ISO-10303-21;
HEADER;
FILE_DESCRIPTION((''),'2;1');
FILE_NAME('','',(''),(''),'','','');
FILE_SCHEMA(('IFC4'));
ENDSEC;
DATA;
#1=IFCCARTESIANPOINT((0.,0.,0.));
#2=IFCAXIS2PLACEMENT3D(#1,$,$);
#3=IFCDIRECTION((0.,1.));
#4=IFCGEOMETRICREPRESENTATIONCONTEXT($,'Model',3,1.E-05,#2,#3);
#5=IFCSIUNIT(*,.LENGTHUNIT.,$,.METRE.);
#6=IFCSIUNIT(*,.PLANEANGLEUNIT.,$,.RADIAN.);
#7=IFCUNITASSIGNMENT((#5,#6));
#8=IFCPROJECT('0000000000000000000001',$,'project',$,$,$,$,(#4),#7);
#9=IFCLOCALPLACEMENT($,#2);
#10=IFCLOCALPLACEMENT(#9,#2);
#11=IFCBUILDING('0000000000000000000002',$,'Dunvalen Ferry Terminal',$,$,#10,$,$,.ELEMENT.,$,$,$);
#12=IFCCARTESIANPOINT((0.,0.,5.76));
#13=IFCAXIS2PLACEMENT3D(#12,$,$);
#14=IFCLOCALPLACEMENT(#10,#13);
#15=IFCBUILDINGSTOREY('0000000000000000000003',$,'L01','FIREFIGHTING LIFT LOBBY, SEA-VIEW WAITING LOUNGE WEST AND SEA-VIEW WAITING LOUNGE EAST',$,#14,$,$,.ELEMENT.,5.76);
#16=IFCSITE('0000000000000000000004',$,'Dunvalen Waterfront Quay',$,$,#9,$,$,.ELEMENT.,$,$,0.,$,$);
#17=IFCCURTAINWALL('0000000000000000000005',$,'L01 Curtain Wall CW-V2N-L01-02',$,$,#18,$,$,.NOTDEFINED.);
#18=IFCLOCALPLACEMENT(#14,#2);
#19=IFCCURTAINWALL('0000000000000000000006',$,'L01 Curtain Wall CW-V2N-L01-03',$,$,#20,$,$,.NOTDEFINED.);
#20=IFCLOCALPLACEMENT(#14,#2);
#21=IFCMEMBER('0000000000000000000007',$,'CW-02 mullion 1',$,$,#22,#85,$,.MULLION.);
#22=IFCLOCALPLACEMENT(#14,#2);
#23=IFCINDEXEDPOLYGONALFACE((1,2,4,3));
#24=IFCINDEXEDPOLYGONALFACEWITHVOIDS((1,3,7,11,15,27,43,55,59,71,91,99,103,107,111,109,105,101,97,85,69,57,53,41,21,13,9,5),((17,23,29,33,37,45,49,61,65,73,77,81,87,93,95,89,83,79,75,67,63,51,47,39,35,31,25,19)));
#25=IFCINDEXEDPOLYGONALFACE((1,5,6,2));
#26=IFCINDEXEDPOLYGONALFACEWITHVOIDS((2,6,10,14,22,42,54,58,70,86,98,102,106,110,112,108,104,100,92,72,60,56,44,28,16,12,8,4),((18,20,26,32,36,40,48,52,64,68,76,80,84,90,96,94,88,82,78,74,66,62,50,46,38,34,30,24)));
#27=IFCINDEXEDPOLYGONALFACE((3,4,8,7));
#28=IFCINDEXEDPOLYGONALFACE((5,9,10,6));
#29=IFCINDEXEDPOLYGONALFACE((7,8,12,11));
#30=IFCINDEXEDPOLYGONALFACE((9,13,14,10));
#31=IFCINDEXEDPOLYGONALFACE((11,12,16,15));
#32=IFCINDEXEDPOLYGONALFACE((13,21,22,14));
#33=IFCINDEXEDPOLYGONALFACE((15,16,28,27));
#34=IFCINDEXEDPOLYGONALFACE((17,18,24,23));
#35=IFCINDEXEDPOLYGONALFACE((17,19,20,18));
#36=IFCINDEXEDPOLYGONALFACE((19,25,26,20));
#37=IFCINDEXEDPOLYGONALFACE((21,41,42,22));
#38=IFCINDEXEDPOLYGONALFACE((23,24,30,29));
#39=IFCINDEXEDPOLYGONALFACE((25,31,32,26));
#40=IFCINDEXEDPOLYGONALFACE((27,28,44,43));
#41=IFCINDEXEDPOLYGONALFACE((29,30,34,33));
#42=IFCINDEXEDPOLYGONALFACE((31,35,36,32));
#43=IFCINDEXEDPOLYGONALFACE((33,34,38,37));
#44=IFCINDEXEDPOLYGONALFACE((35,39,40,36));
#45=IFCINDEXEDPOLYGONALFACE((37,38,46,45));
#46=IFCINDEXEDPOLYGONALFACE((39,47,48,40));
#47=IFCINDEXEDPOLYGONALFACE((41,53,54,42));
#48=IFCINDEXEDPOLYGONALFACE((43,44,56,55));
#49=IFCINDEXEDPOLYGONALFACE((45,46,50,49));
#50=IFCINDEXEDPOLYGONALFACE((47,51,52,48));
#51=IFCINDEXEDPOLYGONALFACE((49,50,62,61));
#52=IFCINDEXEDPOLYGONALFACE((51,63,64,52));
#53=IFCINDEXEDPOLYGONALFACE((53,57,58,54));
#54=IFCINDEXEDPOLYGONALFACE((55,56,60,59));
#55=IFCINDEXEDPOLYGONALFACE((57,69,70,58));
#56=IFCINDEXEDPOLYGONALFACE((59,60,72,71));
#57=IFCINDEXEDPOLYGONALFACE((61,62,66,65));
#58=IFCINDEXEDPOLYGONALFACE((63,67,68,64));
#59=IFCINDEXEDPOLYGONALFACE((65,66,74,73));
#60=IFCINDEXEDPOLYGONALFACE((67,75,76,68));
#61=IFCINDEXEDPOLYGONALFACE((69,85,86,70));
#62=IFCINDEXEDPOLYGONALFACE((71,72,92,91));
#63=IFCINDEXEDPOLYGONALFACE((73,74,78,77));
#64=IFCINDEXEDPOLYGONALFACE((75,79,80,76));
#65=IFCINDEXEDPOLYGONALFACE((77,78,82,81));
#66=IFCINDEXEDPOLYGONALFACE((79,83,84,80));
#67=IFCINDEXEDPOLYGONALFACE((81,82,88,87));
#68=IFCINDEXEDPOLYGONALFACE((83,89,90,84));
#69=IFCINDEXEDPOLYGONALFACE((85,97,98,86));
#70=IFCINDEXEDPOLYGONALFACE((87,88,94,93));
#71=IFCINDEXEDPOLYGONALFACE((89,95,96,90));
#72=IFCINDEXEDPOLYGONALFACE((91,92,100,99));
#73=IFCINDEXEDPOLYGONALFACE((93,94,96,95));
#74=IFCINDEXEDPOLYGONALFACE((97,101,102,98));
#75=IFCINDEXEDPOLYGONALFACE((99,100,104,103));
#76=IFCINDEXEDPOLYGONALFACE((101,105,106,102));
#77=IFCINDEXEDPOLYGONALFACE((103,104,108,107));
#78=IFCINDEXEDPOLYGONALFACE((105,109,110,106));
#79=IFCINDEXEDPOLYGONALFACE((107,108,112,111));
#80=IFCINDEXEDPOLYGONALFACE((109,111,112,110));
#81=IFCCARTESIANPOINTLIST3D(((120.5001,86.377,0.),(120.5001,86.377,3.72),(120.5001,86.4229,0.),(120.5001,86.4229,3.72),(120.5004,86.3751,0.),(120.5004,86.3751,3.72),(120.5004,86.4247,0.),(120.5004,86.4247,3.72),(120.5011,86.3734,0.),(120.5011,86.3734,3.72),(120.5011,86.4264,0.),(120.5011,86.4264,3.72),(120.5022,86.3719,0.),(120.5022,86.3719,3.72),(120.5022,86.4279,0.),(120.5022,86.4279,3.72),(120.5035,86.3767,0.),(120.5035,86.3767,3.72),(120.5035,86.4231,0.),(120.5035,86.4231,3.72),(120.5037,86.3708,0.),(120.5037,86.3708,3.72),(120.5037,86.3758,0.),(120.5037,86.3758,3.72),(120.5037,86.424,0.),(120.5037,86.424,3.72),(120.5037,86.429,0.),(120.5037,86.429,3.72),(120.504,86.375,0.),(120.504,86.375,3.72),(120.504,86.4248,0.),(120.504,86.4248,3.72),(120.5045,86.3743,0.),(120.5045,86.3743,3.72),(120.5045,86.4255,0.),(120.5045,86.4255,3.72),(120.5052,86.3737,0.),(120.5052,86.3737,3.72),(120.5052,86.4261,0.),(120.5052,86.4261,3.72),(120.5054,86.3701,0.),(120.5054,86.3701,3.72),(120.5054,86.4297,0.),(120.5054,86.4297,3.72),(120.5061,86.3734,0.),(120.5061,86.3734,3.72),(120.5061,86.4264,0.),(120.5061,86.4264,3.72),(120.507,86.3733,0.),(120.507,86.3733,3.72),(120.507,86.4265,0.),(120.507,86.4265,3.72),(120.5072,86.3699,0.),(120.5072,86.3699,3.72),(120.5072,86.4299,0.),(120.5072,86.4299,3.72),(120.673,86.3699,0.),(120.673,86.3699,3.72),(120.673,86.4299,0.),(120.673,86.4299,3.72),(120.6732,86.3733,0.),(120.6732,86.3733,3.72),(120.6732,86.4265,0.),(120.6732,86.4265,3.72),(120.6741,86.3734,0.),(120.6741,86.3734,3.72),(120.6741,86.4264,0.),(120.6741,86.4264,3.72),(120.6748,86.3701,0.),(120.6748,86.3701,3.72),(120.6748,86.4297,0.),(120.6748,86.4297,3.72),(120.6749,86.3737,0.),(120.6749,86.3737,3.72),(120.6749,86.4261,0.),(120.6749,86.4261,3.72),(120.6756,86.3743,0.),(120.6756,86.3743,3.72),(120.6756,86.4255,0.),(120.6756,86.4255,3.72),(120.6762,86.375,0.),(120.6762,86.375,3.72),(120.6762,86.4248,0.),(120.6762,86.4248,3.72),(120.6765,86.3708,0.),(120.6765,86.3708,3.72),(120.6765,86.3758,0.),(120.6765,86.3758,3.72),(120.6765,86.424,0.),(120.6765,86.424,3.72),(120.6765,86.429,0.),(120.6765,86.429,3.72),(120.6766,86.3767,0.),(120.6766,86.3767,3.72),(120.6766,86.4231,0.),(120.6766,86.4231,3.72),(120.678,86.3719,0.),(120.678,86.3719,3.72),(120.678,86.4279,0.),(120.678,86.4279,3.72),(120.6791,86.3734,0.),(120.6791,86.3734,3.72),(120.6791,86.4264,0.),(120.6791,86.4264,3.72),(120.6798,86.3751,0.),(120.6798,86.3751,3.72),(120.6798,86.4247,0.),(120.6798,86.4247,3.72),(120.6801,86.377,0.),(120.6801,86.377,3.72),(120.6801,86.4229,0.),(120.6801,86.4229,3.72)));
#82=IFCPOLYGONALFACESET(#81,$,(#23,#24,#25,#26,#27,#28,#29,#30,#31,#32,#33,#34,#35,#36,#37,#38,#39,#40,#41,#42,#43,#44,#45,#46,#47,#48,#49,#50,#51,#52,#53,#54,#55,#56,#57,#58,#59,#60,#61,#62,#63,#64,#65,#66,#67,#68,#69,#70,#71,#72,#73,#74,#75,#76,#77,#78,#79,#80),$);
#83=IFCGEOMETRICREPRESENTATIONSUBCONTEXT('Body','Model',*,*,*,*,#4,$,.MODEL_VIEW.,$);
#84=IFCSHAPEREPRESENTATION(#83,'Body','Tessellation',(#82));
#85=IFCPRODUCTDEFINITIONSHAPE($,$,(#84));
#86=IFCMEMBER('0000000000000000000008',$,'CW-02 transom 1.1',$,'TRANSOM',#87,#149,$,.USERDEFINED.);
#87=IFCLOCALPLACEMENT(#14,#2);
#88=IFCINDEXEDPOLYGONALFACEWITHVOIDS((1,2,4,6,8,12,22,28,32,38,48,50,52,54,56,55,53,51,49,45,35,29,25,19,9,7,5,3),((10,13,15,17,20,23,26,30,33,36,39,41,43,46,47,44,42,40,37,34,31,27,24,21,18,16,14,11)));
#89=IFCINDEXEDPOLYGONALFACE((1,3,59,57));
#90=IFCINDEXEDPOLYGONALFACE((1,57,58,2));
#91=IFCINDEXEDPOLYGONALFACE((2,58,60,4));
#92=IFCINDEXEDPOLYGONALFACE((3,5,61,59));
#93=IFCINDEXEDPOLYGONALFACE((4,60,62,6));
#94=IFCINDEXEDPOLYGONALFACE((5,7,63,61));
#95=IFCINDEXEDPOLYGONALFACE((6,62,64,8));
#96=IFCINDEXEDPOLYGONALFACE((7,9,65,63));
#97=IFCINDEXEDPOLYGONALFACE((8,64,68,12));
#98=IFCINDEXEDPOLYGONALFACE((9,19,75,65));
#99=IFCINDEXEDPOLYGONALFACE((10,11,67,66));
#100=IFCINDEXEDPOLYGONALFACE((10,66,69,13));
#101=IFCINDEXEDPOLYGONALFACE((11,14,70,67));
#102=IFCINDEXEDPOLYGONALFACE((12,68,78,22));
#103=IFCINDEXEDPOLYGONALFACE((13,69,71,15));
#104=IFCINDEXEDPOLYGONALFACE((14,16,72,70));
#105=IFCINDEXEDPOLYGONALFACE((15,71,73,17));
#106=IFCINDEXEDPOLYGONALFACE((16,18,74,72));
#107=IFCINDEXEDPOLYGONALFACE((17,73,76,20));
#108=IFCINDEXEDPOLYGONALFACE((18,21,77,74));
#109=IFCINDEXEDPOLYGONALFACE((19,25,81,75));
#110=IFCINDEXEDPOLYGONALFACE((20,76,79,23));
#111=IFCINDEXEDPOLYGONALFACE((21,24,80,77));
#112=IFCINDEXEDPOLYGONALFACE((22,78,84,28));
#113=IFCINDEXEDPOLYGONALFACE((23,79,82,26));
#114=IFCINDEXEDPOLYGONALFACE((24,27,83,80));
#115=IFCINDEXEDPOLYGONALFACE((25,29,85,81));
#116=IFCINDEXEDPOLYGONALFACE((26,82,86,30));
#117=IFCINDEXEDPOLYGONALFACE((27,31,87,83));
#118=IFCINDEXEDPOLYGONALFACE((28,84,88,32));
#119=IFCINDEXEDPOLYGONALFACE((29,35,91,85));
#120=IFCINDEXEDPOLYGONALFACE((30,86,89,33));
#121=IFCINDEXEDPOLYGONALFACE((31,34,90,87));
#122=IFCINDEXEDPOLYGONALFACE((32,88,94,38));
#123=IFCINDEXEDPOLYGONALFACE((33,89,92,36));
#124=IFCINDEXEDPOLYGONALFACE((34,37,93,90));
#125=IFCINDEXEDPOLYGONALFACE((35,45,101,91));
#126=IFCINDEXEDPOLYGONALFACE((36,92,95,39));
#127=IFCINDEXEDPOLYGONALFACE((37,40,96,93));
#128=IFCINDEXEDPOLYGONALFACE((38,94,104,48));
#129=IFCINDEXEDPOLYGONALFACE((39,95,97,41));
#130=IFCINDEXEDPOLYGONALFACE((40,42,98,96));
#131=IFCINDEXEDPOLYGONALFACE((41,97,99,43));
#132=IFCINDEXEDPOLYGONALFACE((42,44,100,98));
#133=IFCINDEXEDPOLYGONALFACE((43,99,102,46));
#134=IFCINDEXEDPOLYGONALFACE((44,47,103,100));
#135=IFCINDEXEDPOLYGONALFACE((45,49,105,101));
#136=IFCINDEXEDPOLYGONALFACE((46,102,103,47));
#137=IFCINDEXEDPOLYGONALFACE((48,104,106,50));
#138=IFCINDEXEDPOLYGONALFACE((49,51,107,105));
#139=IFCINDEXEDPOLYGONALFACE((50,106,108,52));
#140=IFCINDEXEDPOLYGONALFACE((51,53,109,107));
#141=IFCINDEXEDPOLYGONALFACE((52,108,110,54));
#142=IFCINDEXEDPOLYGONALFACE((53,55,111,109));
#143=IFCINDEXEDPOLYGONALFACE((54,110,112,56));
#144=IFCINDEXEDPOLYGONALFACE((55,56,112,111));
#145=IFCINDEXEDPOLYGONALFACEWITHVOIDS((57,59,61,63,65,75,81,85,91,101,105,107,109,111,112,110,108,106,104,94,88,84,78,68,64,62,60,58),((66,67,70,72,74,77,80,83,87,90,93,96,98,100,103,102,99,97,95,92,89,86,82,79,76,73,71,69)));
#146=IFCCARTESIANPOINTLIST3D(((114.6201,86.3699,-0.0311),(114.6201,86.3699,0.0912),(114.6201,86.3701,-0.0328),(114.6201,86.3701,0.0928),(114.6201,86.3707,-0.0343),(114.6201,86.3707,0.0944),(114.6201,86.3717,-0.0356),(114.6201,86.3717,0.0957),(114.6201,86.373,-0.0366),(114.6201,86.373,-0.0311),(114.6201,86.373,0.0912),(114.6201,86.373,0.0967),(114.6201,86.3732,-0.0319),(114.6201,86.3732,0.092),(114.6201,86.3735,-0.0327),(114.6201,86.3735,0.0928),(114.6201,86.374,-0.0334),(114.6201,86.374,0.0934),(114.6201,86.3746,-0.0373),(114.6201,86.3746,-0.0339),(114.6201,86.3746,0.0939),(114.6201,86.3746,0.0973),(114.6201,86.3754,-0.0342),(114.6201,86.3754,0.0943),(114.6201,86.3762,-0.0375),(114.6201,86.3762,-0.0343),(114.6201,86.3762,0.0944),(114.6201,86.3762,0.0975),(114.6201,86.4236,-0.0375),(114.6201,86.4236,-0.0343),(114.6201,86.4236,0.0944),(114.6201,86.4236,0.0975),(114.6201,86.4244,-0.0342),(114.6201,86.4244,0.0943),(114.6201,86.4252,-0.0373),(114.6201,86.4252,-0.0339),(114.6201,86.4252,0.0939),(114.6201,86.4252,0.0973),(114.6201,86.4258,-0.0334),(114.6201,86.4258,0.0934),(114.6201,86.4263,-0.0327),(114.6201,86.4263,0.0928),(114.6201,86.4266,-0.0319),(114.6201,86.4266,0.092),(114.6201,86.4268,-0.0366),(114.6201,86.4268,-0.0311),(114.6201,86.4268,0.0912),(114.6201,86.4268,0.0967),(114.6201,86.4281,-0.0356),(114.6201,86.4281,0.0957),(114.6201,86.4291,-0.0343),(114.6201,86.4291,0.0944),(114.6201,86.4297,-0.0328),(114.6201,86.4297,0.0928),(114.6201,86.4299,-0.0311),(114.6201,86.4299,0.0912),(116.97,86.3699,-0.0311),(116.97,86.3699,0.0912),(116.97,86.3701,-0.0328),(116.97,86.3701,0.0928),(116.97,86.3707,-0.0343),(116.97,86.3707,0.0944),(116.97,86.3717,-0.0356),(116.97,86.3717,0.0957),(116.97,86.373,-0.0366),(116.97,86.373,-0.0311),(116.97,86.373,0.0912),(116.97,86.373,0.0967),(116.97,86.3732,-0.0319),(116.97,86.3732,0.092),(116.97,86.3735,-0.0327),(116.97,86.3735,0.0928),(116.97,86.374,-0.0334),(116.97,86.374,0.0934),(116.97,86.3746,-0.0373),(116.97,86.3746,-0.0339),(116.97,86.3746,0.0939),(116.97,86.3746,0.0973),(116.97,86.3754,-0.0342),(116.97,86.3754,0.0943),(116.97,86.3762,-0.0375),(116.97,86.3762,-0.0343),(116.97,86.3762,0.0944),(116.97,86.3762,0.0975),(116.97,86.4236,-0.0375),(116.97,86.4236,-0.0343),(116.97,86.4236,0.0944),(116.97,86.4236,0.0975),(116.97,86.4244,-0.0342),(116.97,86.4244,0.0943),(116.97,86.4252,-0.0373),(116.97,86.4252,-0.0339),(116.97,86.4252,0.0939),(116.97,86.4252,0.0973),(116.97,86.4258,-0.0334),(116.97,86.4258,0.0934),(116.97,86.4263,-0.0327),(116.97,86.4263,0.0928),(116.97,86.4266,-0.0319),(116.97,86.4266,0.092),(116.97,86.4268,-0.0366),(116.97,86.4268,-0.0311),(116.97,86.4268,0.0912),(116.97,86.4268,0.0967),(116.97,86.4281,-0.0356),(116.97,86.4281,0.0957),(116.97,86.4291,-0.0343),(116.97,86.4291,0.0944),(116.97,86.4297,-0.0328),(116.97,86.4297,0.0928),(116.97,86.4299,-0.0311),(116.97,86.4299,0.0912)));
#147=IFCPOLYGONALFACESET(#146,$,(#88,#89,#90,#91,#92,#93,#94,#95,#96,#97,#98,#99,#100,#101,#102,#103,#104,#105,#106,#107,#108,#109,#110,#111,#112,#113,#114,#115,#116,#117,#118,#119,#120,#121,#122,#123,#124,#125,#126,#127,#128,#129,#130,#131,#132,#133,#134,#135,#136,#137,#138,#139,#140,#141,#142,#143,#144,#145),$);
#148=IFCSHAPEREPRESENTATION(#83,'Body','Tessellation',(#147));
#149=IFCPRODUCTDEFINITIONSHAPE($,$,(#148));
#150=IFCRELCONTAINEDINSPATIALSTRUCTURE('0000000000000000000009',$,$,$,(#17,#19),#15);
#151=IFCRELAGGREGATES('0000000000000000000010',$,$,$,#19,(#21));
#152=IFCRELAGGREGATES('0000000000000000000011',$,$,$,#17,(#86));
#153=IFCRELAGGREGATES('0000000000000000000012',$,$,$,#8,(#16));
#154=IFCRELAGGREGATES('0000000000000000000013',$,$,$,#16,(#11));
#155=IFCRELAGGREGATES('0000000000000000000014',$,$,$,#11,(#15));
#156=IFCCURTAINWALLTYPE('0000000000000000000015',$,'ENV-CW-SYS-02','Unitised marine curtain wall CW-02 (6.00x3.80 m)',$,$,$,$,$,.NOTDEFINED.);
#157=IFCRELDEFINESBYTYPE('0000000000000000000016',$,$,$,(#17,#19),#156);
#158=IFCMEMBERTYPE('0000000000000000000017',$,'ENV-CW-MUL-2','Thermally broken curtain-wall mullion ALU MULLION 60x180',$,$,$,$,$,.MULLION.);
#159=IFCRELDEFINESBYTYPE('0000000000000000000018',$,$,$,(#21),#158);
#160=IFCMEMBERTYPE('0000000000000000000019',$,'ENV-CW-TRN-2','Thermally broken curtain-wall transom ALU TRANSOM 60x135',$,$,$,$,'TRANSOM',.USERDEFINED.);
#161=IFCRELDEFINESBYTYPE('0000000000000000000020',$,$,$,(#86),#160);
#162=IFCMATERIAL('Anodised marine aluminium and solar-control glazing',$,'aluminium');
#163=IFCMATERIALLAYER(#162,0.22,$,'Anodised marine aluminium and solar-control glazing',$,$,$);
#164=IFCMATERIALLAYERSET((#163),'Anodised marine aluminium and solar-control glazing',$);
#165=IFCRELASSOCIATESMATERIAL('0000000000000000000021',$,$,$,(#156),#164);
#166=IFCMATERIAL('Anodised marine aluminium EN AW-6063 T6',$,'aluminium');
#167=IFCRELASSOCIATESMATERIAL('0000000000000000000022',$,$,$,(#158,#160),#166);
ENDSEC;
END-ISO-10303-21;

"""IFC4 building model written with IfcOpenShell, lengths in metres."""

from ifc_helpers import new_model, si_unit, direction, frame, origin, origin_2d, place, context, subcontext, project, spatial, hollow_rectangle, extrude, material, layer, layer_set, material_profile, profile_set, type_object, element, aggregate, save


model = new_model("IFC4")

# Units and contexts
model_context = context("Model", 3, precision=1e-05, world=origin(), true_north=direction((0.0, 1.0)))
body_context = subcontext(model_context, "Body", "Model", "MODEL_VIEW")
ifc_project = project(units=[si_unit("LENGTHUNIT", "METRE"), si_unit("PLANEANGLEUNIT", "RADIAN")], contexts=[model_context])

# Site, building, storey
site_placement = place(None, origin())
site = spatial("IfcSite", under=ifc_project, at=site_placement, Name="Dunvalen Waterfront Quay", CompositionType="ELEMENT", RefElevation=0.0)
building_placement = place(site_placement, origin())
building = spatial("IfcBuilding", under=site, at=building_placement, Name="Dunvalen Ferry Terminal", CompositionType="ELEMENT")
storey_placement = place(building_placement, frame((0.0, 0.0, 5.76)))
storey = spatial("IfcBuildingStorey", under=building, at=storey_placement, Name="L01", Description="FIREFIGHTING LIFT LOBBY, SEA-VIEW WAITING LOUNGE WEST AND SEA-VIEW WAITING LOUNGE EAST", CompositionType="ELEMENT", Elevation=5.76)

# Shared definitions
ifc_material_1 = material(Name="Anodised marine aluminium and solar-control glazing", Category="aluminium")
ifc_layer_1 = layer(ifc_material_1, 0.22, Name="Anodised marine aluminium and solar-control glazing")
ifc_layer_set_1 = layer_set([ifc_layer_1], Name="Anodised marine aluminium and solar-control glazing")
curtain_wall_type = type_object("IfcCurtainWallType", Name="ENV-CW-SYS-02", Description="Unitised marine curtain wall CW-02 (6.00x3.80 m)", PredefinedType="NOTDEFINED", material=ifc_layer_set_1)
ifc_material_2 = material(Name="Anodised marine aluminium EN AW-6063 T6", Category="aluminium")
ifc_material_profile_1 = material_profile(ifc_material_2, hollow_rectangle(XDim=0.0601, YDim=0.1799, WallThickness=0.0034, InnerFilletRadius=0.0034, OuterFilletRadius=0.0071, at=origin_2d()), Name="Anodised marine aluminium EN AW-6063 T6")
ifc_profile_set_1 = profile_set([ifc_material_profile_1], Name="Anodised marine aluminium EN AW-6063 T6")
member_type_1 = type_object("IfcMemberType", Name="ENV-CW-MUL-2", Description="Thermally broken curtain-wall mullion ALU MULLION 60x180", PredefinedType="MULLION", material=ifc_profile_set_1)

# Curtain wall
curtain_wall_1_placement = place(storey_placement, origin())
curtain_wall_1 = element("IfcCurtainWall", 1, at=curtain_wall_1_placement, inside=storey, type_object=curtain_wall_type, Name="L01 Curtain Wall CW-V2N-L01-02", PredefinedType="NOTDEFINED")

# Curtain wall, member
curtain_wall_2_placement = place(storey_placement, origin())
curtain_wall_2 = element("IfcCurtainWall", 2, at=curtain_wall_2_placement, inside=storey, type_object=curtain_wall_type, Name="L01 Curtain Wall CW-V2N-L01-03", PredefinedType="NOTDEFINED")
member_1_placement = place(storey_placement, frame((120.5901, 86.3999, 0.0), z_axis=(0.0, 0.0, 1.0), x_axis=(0.0, 1.0, 0.0)))
member_1 = element("IfcMember", 3, at=member_1_placement, type_object=member_type_1, Name="CW-02 mullion 1", PredefinedType="MULLION", context=body_context, shape_type="SweptSolid", body=[
    extrude(hollow_rectangle(XDim=0.0601, YDim=0.1799, WallThickness=0.0034, InnerFilletRadius=0.0034, OuterFilletRadius=0.0071, at=origin_2d()), origin(), (0.0, 0.0, 1.0), 3.72),
])

# Member
ifc_material_profile_2 = material_profile(ifc_material_2, hollow_rectangle(XDim=0.0601, YDim=0.135, WallThickness=0.0032, InnerFilletRadius=0.0032, OuterFilletRadius=0.0063, at=origin_2d()), Name="Anodised marine aluminium EN AW-6063 T6")
ifc_profile_set_2 = profile_set([ifc_material_profile_2], Name="Anodised marine aluminium EN AW-6063 T6")
member_type_2 = type_object("IfcMemberType", Name="ENV-CW-TRN-2", Description="Thermally broken curtain-wall transom ALU TRANSOM 60x135", ElementType="TRANSOM", PredefinedType="USERDEFINED", material=ifc_profile_set_2)
member_2_placement = place(storey_placement, frame((114.6201, 86.3999, 0.03), z_axis=(1.0, 0.0, 0.0), x_axis=(0.0, 1.0, 0.0)))
member_2 = element("IfcMember", 4, at=member_2_placement, type_object=member_type_2, Name="CW-02 transom 1.1", ObjectType="TRANSOM", PredefinedType="USERDEFINED", context=body_context, shape_type="SweptSolid", body=[
    extrude(hollow_rectangle(XDim=0.0601, YDim=0.135, WallThickness=0.0032, InnerFilletRadius=0.0032, OuterFilletRadius=0.0063, at=origin_2d()), origin(), (0.0, 0.0, 1.0), 2.3499),
])
aggregate(curtain_wall_2, [member_1])

aggregate(curtain_wall_1, [member_2])

save(model, "model.ifc")
